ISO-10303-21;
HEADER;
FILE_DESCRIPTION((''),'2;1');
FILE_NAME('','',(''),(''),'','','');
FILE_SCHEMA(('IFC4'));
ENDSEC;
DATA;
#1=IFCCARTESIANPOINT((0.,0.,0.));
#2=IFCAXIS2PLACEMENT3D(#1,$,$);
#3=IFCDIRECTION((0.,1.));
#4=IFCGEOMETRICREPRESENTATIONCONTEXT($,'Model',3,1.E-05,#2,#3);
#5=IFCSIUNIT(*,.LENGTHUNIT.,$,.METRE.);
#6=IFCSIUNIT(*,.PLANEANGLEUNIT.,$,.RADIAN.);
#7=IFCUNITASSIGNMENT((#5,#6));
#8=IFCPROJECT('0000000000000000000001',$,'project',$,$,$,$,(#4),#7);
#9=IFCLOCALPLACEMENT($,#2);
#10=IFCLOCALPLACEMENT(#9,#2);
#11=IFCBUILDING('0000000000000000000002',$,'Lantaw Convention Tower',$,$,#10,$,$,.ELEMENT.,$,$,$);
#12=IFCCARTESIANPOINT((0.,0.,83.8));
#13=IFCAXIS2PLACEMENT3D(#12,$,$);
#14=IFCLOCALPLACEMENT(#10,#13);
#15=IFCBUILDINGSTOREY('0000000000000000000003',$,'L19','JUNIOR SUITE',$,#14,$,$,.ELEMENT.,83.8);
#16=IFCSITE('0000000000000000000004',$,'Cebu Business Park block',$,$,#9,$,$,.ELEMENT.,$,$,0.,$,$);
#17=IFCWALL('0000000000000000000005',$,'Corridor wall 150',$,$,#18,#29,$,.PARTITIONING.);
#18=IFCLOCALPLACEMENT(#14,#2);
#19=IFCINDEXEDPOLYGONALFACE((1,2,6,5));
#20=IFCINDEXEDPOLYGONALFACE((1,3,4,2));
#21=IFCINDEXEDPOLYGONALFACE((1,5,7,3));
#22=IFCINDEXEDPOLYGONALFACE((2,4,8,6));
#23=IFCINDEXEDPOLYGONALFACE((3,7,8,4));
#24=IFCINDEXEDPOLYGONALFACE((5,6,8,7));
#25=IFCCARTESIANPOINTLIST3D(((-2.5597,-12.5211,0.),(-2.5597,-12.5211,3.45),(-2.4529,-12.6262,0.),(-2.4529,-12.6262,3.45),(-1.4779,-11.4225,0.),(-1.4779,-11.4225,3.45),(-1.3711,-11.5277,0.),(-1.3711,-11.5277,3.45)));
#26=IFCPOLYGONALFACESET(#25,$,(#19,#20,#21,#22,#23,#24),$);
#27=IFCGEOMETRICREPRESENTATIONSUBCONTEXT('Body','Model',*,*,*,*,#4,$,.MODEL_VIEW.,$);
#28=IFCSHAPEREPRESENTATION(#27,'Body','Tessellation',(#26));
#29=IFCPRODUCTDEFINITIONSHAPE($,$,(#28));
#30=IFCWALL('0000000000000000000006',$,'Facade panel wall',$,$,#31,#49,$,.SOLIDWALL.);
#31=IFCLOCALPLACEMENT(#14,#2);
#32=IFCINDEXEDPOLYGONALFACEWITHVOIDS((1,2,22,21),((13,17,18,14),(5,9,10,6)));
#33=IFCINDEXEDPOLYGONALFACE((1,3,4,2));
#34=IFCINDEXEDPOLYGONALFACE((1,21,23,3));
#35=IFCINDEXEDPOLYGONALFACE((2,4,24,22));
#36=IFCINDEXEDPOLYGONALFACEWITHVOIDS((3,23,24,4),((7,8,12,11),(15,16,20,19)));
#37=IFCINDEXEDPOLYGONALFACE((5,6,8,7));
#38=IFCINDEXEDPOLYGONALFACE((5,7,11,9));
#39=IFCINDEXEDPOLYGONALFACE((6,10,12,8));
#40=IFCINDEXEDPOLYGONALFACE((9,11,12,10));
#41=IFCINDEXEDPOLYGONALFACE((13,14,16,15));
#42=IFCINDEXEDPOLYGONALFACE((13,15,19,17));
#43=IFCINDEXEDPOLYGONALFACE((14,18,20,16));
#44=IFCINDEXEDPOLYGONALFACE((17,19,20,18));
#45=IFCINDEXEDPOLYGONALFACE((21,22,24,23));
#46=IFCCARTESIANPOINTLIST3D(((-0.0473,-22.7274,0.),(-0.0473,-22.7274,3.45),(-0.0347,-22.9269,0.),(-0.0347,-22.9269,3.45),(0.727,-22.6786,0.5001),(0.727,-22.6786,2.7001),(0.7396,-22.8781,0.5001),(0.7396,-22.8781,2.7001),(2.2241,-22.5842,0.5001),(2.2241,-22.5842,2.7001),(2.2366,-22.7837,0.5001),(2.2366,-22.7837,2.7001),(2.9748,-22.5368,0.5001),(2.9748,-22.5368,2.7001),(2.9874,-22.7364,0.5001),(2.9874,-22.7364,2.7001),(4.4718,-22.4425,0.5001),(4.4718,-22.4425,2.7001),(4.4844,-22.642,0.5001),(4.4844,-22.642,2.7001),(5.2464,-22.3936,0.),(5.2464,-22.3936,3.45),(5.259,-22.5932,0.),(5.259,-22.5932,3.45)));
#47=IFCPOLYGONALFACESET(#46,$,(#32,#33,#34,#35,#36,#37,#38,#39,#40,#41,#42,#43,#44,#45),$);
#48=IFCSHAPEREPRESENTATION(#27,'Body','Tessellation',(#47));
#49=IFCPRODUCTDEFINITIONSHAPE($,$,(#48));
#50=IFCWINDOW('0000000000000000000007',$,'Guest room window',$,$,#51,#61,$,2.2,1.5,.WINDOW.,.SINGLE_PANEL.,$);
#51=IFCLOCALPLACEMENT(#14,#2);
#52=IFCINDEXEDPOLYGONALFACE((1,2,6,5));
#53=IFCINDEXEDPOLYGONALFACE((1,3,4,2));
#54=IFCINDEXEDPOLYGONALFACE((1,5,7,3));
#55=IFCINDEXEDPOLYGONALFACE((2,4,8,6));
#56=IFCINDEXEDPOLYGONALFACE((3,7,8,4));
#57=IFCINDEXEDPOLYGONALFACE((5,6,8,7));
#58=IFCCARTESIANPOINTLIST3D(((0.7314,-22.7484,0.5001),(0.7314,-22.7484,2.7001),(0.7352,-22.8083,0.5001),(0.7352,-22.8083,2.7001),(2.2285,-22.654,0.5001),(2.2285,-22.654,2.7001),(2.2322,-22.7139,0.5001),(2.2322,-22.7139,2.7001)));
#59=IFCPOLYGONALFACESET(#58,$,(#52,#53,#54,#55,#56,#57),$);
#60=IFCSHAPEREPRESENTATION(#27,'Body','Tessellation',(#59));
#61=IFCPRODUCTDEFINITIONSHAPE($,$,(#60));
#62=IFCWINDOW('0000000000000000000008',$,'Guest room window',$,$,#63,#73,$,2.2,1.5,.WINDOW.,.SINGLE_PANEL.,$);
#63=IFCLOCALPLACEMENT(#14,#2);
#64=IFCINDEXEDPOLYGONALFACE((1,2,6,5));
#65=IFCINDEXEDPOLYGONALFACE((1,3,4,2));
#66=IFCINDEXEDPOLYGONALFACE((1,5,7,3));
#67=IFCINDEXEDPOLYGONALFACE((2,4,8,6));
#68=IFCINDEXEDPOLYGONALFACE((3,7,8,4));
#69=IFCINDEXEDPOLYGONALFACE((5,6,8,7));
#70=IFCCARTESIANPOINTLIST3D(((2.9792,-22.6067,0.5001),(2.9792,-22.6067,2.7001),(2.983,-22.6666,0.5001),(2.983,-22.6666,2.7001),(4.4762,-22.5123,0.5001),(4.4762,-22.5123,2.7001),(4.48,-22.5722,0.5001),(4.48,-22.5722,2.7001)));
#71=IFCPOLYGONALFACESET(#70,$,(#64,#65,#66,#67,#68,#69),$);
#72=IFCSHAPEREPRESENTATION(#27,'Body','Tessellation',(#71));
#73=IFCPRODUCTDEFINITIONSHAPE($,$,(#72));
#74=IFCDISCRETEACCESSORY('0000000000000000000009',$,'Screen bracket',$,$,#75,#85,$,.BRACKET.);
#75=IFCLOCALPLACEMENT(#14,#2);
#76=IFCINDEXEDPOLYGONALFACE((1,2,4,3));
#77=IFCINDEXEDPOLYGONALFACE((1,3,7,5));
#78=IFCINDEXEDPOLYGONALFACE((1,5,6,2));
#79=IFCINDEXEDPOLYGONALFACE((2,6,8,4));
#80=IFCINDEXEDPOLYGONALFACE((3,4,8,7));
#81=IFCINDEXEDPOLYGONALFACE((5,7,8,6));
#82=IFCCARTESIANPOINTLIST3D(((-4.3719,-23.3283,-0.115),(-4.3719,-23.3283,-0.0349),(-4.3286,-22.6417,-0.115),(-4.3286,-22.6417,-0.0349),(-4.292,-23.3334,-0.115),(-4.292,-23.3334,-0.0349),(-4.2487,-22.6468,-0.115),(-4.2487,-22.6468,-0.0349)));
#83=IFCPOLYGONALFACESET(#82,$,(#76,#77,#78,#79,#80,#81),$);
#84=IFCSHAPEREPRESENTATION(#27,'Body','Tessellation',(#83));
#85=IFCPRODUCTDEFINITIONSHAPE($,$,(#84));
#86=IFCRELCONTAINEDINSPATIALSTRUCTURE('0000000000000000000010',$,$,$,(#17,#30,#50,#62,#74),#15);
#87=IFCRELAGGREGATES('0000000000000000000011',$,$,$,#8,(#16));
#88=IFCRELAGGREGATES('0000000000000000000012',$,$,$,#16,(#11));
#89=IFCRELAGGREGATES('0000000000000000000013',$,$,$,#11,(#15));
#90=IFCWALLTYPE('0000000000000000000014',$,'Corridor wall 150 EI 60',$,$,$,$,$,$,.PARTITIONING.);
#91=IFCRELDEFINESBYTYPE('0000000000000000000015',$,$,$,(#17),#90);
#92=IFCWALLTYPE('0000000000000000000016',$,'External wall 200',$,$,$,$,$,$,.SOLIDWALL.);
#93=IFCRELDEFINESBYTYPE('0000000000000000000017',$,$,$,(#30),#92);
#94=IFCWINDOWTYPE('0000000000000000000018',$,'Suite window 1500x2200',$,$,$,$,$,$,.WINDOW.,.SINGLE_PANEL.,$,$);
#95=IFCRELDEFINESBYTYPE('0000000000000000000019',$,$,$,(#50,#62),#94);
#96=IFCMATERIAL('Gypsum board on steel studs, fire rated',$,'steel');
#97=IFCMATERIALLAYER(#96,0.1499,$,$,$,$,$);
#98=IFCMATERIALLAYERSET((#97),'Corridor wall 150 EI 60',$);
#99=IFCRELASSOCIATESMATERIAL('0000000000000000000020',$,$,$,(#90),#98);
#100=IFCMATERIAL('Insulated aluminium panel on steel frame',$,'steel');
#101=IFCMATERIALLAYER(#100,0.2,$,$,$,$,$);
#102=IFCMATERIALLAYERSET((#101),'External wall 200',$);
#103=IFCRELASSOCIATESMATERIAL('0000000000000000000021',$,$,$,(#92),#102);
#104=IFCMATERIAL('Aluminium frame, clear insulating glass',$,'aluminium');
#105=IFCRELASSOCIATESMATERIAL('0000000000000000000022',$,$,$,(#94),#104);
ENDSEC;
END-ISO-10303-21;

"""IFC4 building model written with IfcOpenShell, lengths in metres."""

from ifc_helpers import new_model, si_unit, direction, frame, frame_2d, origin, origin_2d, place, context, subcontext, project, spatial, rectangle, extrude, material, layer, layer_set, type_object, element, fill, save


model = new_model("IFC4")

# Units and contexts
model_context = context("Model", 3, precision=1e-05, world=origin(), true_north=direction((0.0, 1.0)))
body_context = subcontext(model_context, "Body", "Model", "MODEL_VIEW")
ifc_project = project(units=[si_unit("LENGTHUNIT", "METRE"), si_unit("PLANEANGLEUNIT", "RADIAN")], contexts=[model_context])

# Site, building, storey
site_placement = place(None, origin())
site = spatial("IfcSite", under=ifc_project, at=site_placement, Name="Cebu Business Park block", CompositionType="ELEMENT", RefElevation=0.0)
building_placement = place(site_placement, origin())
building = spatial("IfcBuilding", under=site, at=building_placement, Name="Lantaw Convention Tower", CompositionType="ELEMENT")
storey_placement = place(building_placement, frame((0.0, 0.0, 83.8)))
storey = spatial("IfcBuildingStorey", under=building, at=storey_placement, Name="L19", Description="JUNIOR SUITE", CompositionType="ELEMENT", Elevation=83.8)

# Shared definitions
ifc_material_1 = material(Name="Gypsum board on steel studs, fire rated", Category="steel")
ifc_layer_1 = layer(ifc_material_1, 0.1499)
ifc_layer_set_1 = layer_set([ifc_layer_1], Name="Corridor wall 150 EI 60")
wall_type_1 = type_object("IfcWallType", Name="Corridor wall 150 EI 60", PredefinedType="PARTITIONING", material=ifc_layer_set_1)

# Wall
wall_1_placement = place(storey_placement, frame((-2.5063, -12.5737, 0.0), z_axis=(0.0, 0.0, 1.0), x_axis=(0.701623, 0.712549, 0.0)))
element("IfcWall", 1, at=wall_1_placement, inside=storey, type_object=wall_type_1, Name="Corridor wall 150", PredefinedType="PARTITIONING", context=body_context, shape_type="SweptSolid", body=[
    extrude(rectangle(XDim=1.5417, YDim=0.1499, at=frame_2d((0.771, 0.0))), origin(), (0.0, 0.0, 1.0), 3.45),
])

# Wall, openings, windows
ifc_material_2 = material(Name="Insulated aluminium panel on steel frame", Category="steel")
ifc_layer_2 = layer(ifc_material_2, 0.2)
ifc_layer_set_2 = layer_set([ifc_layer_2], Name="External wall 200")
wall_type_2 = type_object("IfcWallType", Name="External wall 200", PredefinedType="SOLIDWALL", material=ifc_layer_set_2)
wall_2_placement = place(storey_placement, frame((-0.041, -22.8271, 0.0), z_axis=(0.0, 0.0, 1.0), x_axis=(0.998019, 0.06292, 0.0)))
wall_2 = element("IfcWall", 2, at=wall_2_placement, inside=storey, type_object=wall_type_2, Name="Facade panel wall", PredefinedType="SOLIDWALL", context=body_context, shape_type="SweptSolid", body=[
    extrude(rectangle(XDim=5.3042, YDim=0.2, at=frame_2d((2.6521, 0.0))), origin(), (0.0, 0.0, 1.0), 3.45),
])
opening_1_placement = place(wall_2_placement, frame((0.7759, 0.0, 0.5)))
opening_1 = element("IfcOpeningElement", 3, at=opening_1_placement, cuts=wall_2, PredefinedType="OPENING", context=body_context, shape_type="SweptSolid", body=[
    extrude(rectangle(XDim=1.5, YDim=2.2, at=frame_2d((0.75, 1.1001))), frame((0.0, 0.1099, 0.0), z_axis=(0.0, -1.0, 0.0), x_axis=(1.0, 0.0, 0.0)), (0.0, 0.0, 1.0), 0.22),
])
opening_2_placement = place(wall_2_placement, frame((3.0281, 0.0, 0.5)))
opening_2 = element("IfcOpeningElement", 4, at=opening_2_placement, cuts=wall_2, PredefinedType="OPENING", context=body_context, shape_type="SweptSolid", body=[
    extrude(rectangle(XDim=1.5, YDim=2.2, at=frame_2d((0.75, 1.1001))), frame((0.0, 0.1099, 0.0), z_axis=(0.0, -1.0, 0.0), x_axis=(1.0, 0.0, 0.0)), (0.0, 0.0, 1.0), 0.22),
])
ifc_material_3 = material(Name="Aluminium frame, clear insulating glass", Category="aluminium")
window_type = type_object("IfcWindowType", Name="Suite window 1500x2200", PartitioningType="SINGLE_PANEL", PredefinedType="WINDOW", material=ifc_material_3)
window_1_placement = place(opening_1_placement, origin())
window_1 = element("IfcWindow", 5, at=window_1_placement, inside=storey, type_object=window_type, Name="Guest room window", OverallHeight=2.2, OverallWidth=1.5, PartitioningType="SINGLE_PANEL", PredefinedType="WINDOW", context=body_context, shape_type="SweptSolid", body=[
    extrude(rectangle(XDim=1.5, YDim=2.2, at=frame_2d((0.75, 1.1001))), frame((0.0, 0.03, 0.0), z_axis=(0.0, -1.0, 0.0), x_axis=(1.0, 0.0, 0.0)), (0.0, 0.0, 1.0), 0.0601),
])
fill(opening_1, window_1)
window_2_placement = place(opening_2_placement, origin())
window_2 = element("IfcWindow", 6, at=window_2_placement, inside=storey, type_object=window_type, Name="Guest room window", OverallHeight=2.2, OverallWidth=1.5, PartitioningType="SINGLE_PANEL", PredefinedType="WINDOW", context=body_context, shape_type="SweptSolid", body=[
    extrude(rectangle(XDim=1.5, YDim=2.2, at=frame_2d((0.75, 1.1001))), frame((0.0, 0.03, 0.0), z_axis=(0.0, -1.0, 0.0), x_axis=(1.0, 0.0, 0.0)), (0.0, 0.0, 1.0), 0.0601),
])
fill(opening_2, window_2)

# Discrete accessory
discrete_accessory_placement = place(storey_placement, frame((-4.3103, -22.9875, -0.115), z_axis=(0.0, 0.0, 1.0), x_axis=(0.998016, -0.062958, 0.0)))
element("IfcDiscreteAccessory", 7, at=discrete_accessory_placement, inside=storey, Name="Screen bracket", PredefinedType="BRACKET", context=body_context, shape_type="SweptSolid", body=[
    extrude(rectangle(XDim=0.0801, YDim=0.688, at=origin_2d()), origin(), (0.0, 0.0, 1.0), 0.0801),
])

save(model, "model.ifc")
